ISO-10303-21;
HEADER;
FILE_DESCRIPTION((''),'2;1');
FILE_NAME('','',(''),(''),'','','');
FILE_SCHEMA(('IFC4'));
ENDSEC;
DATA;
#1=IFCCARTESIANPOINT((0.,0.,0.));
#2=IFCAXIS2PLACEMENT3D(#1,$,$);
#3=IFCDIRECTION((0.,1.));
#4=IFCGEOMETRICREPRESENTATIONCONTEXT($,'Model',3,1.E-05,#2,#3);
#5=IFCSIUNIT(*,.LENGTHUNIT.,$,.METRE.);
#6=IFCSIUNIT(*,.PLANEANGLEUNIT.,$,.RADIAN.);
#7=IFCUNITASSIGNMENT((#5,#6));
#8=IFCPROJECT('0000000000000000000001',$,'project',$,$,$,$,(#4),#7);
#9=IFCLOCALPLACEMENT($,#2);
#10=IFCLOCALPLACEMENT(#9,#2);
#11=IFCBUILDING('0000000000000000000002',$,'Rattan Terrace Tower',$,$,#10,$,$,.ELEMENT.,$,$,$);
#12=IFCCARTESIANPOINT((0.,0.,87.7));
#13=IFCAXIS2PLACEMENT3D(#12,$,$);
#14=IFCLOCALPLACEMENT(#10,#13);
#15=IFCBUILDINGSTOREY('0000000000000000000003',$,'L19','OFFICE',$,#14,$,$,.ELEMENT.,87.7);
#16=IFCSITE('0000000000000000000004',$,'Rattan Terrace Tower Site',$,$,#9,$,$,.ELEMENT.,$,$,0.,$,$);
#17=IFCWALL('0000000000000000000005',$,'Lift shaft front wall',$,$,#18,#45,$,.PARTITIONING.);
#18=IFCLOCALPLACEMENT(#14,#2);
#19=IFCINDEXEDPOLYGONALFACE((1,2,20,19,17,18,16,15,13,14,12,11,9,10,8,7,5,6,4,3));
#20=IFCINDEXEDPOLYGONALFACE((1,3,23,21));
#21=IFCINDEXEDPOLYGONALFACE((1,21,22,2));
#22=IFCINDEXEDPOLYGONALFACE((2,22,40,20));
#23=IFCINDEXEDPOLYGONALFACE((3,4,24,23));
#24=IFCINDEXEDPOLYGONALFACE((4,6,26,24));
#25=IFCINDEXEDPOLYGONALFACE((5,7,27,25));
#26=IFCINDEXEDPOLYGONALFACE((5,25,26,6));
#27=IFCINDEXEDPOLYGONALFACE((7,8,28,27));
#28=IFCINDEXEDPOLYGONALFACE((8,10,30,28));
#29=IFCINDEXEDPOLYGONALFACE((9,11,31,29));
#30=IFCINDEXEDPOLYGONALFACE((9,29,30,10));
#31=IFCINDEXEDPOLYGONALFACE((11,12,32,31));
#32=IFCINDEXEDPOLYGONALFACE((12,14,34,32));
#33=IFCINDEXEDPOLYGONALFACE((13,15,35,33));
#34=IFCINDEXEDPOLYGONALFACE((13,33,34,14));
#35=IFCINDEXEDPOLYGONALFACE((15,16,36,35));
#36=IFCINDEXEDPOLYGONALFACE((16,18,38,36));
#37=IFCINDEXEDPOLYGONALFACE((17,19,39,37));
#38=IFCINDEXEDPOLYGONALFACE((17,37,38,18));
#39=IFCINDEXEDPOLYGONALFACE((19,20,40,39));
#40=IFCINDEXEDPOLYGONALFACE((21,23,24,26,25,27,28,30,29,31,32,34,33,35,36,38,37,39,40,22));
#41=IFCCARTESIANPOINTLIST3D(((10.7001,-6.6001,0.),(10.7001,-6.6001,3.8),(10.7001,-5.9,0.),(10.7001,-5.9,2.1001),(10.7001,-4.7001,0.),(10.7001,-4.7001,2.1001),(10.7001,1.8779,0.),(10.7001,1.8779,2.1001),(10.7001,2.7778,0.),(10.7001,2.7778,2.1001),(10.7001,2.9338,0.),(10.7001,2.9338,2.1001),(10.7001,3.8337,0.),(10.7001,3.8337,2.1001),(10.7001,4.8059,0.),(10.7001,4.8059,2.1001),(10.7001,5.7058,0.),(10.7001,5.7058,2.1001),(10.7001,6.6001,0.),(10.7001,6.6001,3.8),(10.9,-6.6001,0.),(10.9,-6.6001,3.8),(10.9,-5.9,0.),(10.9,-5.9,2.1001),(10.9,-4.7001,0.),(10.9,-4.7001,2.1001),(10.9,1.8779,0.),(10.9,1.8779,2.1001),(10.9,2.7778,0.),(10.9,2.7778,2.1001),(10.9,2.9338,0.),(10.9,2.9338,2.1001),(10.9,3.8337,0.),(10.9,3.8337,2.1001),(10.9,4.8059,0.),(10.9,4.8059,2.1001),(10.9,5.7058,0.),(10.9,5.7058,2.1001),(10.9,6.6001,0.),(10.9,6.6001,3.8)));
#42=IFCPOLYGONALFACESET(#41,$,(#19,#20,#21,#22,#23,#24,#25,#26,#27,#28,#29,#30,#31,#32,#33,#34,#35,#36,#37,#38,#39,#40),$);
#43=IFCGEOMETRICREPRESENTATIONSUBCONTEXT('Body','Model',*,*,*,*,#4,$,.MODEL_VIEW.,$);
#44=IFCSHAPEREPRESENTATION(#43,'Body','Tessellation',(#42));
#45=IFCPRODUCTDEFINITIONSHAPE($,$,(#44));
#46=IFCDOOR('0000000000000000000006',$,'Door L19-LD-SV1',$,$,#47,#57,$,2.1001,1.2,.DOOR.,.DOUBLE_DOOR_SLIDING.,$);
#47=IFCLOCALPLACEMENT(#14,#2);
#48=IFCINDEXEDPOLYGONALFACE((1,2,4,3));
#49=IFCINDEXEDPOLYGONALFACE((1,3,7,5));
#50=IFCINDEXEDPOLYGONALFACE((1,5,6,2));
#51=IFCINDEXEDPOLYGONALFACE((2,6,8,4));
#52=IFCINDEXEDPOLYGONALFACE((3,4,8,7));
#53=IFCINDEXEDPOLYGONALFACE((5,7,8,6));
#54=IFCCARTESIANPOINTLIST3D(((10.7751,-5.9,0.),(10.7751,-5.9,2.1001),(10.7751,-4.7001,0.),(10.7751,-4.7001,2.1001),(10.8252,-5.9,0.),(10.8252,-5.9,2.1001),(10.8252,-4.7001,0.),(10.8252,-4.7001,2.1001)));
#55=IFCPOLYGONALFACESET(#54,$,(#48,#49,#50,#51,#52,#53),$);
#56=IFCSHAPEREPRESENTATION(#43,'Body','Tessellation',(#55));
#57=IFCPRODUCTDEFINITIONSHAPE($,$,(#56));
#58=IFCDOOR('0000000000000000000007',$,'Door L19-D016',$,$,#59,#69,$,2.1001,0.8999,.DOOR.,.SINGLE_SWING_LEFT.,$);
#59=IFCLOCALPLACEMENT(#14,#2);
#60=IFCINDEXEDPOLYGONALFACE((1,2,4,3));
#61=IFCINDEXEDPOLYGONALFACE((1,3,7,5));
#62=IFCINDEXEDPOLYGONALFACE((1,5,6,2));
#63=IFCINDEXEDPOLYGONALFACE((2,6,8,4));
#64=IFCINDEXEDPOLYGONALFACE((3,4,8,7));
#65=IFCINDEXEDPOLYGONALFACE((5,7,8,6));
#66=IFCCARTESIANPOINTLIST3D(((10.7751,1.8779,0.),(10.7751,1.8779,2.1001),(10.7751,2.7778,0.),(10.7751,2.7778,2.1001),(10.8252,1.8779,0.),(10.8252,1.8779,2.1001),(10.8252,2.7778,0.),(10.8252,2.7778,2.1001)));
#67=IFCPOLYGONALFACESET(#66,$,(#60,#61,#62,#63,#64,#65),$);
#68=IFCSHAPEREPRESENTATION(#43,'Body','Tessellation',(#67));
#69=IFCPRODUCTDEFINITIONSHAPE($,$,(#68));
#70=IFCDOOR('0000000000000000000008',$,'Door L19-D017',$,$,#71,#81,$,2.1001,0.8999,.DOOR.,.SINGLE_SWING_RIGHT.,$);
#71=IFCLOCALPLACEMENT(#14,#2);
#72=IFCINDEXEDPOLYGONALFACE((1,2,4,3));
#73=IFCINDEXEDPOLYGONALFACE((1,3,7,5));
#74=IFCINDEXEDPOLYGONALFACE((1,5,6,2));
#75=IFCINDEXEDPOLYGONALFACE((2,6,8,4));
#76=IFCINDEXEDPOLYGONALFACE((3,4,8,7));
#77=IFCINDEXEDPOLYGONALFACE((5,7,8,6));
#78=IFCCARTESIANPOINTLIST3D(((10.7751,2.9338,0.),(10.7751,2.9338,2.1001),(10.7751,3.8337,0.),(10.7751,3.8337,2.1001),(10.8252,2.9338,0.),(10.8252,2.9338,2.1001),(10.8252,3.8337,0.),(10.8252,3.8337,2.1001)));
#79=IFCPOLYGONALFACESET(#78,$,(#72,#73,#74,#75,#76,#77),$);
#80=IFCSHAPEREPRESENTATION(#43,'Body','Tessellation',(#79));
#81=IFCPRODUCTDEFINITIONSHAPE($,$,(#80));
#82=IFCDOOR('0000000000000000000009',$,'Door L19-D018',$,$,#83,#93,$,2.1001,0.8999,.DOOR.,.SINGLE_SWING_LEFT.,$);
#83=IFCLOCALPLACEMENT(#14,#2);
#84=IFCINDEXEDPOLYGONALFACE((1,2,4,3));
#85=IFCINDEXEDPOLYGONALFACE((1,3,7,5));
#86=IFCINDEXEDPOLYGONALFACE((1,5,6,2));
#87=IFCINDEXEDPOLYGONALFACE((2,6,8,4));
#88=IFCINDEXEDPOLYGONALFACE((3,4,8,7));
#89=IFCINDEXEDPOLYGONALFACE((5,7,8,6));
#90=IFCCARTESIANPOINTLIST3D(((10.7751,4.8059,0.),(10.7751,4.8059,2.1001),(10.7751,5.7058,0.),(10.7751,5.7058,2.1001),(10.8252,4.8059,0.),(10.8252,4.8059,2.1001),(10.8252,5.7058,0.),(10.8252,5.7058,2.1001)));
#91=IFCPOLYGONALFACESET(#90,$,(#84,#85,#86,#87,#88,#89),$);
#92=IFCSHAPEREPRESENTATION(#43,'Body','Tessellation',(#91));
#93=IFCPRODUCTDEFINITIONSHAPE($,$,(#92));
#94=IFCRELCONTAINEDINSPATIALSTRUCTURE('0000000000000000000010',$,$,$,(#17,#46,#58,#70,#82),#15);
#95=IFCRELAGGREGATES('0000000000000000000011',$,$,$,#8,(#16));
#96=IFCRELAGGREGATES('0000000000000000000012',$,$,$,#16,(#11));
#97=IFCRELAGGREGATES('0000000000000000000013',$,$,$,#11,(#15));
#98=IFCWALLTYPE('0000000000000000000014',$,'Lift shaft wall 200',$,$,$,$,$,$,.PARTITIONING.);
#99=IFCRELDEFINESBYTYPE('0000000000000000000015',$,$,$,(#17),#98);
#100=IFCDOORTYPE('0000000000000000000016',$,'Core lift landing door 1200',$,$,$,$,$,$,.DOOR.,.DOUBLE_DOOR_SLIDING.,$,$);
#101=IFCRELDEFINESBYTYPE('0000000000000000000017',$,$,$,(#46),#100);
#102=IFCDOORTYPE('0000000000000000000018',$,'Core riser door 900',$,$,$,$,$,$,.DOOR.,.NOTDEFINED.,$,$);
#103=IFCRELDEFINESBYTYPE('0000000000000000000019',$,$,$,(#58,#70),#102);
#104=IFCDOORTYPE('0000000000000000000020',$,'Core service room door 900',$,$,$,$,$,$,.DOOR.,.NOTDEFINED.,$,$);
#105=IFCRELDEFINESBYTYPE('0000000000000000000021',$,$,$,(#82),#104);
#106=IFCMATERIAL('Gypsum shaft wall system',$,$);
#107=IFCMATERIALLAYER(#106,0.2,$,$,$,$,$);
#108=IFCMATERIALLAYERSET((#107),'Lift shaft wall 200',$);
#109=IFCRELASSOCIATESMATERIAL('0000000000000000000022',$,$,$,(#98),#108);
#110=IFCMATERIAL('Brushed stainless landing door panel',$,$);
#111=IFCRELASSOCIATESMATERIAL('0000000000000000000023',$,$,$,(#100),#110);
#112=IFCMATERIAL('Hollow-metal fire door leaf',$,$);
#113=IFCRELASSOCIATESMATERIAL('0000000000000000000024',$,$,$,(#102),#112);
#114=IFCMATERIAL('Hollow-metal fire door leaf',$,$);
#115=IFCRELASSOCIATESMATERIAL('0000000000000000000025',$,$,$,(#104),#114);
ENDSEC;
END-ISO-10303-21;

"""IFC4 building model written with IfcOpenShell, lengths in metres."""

from ifc_helpers import new_model, si_unit, direction, frame, frame_2d, origin, place, context, subcontext, project, spatial, rectangle, extrude, material, layer, layer_set, type_object, element, fill, save


model = new_model("IFC4")

# Units and contexts
model_context = context("Model", 3, precision=1e-05, world=origin(), true_north=direction((0.0, 1.0)))
body_context = subcontext(model_context, "Body", "Model", "MODEL_VIEW")
ifc_project = project(units=[si_unit("LENGTHUNIT", "METRE"), si_unit("PLANEANGLEUNIT", "RADIAN")], contexts=[model_context])

# Site, building, storey
site_placement = place(None, origin())
site = spatial("IfcSite", under=ifc_project, at=site_placement, Name="Rattan Terrace Tower Site", CompositionType="ELEMENT", RefElevation=0.0)
building_placement = place(site_placement, origin())
building = spatial("IfcBuilding", under=site, at=building_placement, Name="Rattan Terrace Tower", CompositionType="ELEMENT")
storey_placement = place(building_placement, frame((0.0, 0.0, 87.7)))
storey = spatial("IfcBuildingStorey", under=building, at=storey_placement, Name="L19", Description="OFFICE", CompositionType="ELEMENT", Elevation=87.7)

# Wall, openings, doors
ifc_material_1 = material(Name="Gypsum shaft wall system")
ifc_layer_1 = layer(ifc_material_1, 0.2)
ifc_layer_set_1 = layer_set([ifc_layer_1], Name="Lift shaft wall 200")
wall_type_1 = type_object("IfcWallType", Name="Lift shaft wall 200", PredefinedType="PARTITIONING", material=ifc_layer_set_1)
wall_1_placement = place(storey_placement, frame((10.8, -6.6001, 0.0), z_axis=(0.0, 0.0, 1.0), x_axis=(0.0, 1.0, 0.0)))
wall_1 = element("IfcWall", 1, at=wall_1_placement, inside=storey, type_object=wall_type_1, Name="Lift shaft front wall", PredefinedType="PARTITIONING", context=body_context, shape_type="SweptSolid", body=[
    extrude(rectangle(XDim=13.2002, YDim=0.2, at=frame_2d((6.6001, 0.0))), origin(), (0.0, 0.0, 1.0), 3.8),
])
opening_1_placement = place(wall_1_placement, frame((0.7, 0.0, 0.0)))
opening_1 = element("IfcOpeningElement", 2, at=opening_1_placement, cuts=wall_1, PredefinedType="OPENING", context=body_context, shape_type="SweptSolid", body=[
    extrude(rectangle(XDim=1.2, YDim=2.1001, at=frame_2d((0.6001, 1.05))), frame((0.0, 0.1106, 0.0), z_axis=(0.0, -1.0, 0.0), x_axis=(1.0, 0.0, 0.0)), (0.0, 0.0, 1.0), 0.2209),
])
opening_2_placement = place(wall_1_placement, frame((8.478, 0.0, 0.0)))
opening_2 = element("IfcOpeningElement", 3, at=opening_2_placement, cuts=wall_1, PredefinedType="OPENING", context=body_context, shape_type="SweptSolid", body=[
    extrude(rectangle(XDim=0.8999, YDim=2.1001, at=frame_2d((0.45, 1.05))), frame((0.0, 0.1106, 0.0), z_axis=(0.0, -1.0, 0.0), x_axis=(1.0, 0.0, 0.0)), (0.0, 0.0, 1.0), 0.2209),
])
opening_3_placement = place(wall_1_placement, frame((9.5339, 0.0, 0.0)))
opening_3 = element("IfcOpeningElement", 4, at=opening_3_placement, cuts=wall_1, PredefinedType="OPENING", context=body_context, shape_type="SweptSolid", body=[
    extrude(rectangle(XDim=0.8999, YDim=2.1001, at=frame_2d((0.45, 1.05))), frame((0.0, 0.1106, 0.0), z_axis=(0.0, -1.0, 0.0), x_axis=(1.0, 0.0, 0.0)), (0.0, 0.0, 1.0), 0.2209),
])
opening_4_placement = place(wall_1_placement, frame((11.406, 0.0, 0.0)))
opening_4 = element("IfcOpeningElement", 5, at=opening_4_placement, cuts=wall_1, PredefinedType="OPENING", context=body_context, shape_type="SweptSolid", body=[
    extrude(rectangle(XDim=0.8999, YDim=2.1001, at=frame_2d((0.45, 1.05))), frame((0.0, 0.1106, 0.0), z_axis=(0.0, -1.0, 0.0), x_axis=(1.0, 0.0, 0.0)), (0.0, 0.0, 1.0), 0.2209),
])
ifc_material_2 = material(Name="Brushed stainless landing door panel")
door_type_1 = type_object("IfcDoorType", Name="Core lift landing door 1200", OperationType="DOUBLE_DOOR_SLIDING", PredefinedType="DOOR", material=ifc_material_2)
door_1_placement = place(opening_1_placement, origin())
door_1 = element("IfcDoor", 6, at=door_1_placement, inside=storey, type_object=door_type_1, Name="Door L19-LD-SV1", OperationType="DOUBLE_DOOR_SLIDING", OverallHeight=2.1001, OverallWidth=1.2, PredefinedType="DOOR", context=body_context, shape_type="SweptSolid", body=[
    extrude(rectangle(XDim=1.2, YDim=2.1001, at=frame_2d((0.6001, 1.05))), frame((0.0, 0.0249, 0.0), z_axis=(0.0, -1.0, 0.0), x_axis=(1.0, 0.0, 0.0)), (0.0, 0.0, 1.0), 0.05),
])
fill(opening_1, door_1)
ifc_material_3 = material(Name="Hollow-metal fire door leaf")
door_type_2 = type_object("IfcDoorType", Name="Core riser door 900", OperationType="NOTDEFINED", PredefinedType="DOOR", material=ifc_material_3)
door_2_placement = place(opening_2_placement, origin())
door_2 = element("IfcDoor", 7, at=door_2_placement, inside=storey, type_object=door_type_2, Name="Door L19-D016", OperationType="SINGLE_SWING_LEFT", OverallHeight=2.1001, OverallWidth=0.8999, PredefinedType="DOOR", context=body_context, shape_type="SweptSolid", body=[
    extrude(rectangle(XDim=0.8999, YDim=2.1001, at=frame_2d((0.45, 1.05))), frame((0.0, 0.0249, 0.0), z_axis=(0.0, -1.0, 0.0), x_axis=(1.0, 0.0, 0.0)), (0.0, 0.0, 1.0), 0.05),
])
fill(opening_2, door_2)
door_3_placement = place(opening_3_placement, origin())
door_3 = element("IfcDoor", 8, at=door_3_placement, inside=storey, type_object=door_type_2, Name="Door L19-D017", OperationType="SINGLE_SWING_RIGHT", OverallHeight=2.1001, OverallWidth=0.8999, PredefinedType="DOOR", context=body_context, shape_type="SweptSolid", body=[
    extrude(rectangle(XDim=0.8999, YDim=2.1001, at=frame_2d((0.45, 1.05))), frame((0.0, 0.0249, 0.0), z_axis=(0.0, -1.0, 0.0), x_axis=(1.0, 0.0, 0.0)), (0.0, 0.0, 1.0), 0.05),
])
fill(opening_3, door_3)
ifc_material_4 = material(Name="Hollow-metal fire door leaf")
door_type_3 = type_object("IfcDoorType", Name="Core service room door 900", OperationType="NOTDEFINED", PredefinedType="DOOR", material=ifc_material_4)
door_4_placement = place(opening_4_placement, origin())
door_4 = element("IfcDoor", 9, at=door_4_placement, inside=storey, type_object=door_type_3, Name="Door L19-D018", OperationType="SINGLE_SWING_LEFT", OverallHeight=2.1001, OverallWidth=0.8999, PredefinedType="DOOR", context=body_context, shape_type="SweptSolid", body=[
    extrude(rectangle(XDim=0.8999, YDim=2.1001, at=frame_2d((0.45, 1.05))), frame((0.0, 0.0249, 0.0), z_axis=(0.0, -1.0, 0.0), x_axis=(1.0, 0.0, 0.0)), (0.0, 0.0, 1.0), 0.05),
])
fill(opening_4, door_4)

save(model, "model.ifc")
